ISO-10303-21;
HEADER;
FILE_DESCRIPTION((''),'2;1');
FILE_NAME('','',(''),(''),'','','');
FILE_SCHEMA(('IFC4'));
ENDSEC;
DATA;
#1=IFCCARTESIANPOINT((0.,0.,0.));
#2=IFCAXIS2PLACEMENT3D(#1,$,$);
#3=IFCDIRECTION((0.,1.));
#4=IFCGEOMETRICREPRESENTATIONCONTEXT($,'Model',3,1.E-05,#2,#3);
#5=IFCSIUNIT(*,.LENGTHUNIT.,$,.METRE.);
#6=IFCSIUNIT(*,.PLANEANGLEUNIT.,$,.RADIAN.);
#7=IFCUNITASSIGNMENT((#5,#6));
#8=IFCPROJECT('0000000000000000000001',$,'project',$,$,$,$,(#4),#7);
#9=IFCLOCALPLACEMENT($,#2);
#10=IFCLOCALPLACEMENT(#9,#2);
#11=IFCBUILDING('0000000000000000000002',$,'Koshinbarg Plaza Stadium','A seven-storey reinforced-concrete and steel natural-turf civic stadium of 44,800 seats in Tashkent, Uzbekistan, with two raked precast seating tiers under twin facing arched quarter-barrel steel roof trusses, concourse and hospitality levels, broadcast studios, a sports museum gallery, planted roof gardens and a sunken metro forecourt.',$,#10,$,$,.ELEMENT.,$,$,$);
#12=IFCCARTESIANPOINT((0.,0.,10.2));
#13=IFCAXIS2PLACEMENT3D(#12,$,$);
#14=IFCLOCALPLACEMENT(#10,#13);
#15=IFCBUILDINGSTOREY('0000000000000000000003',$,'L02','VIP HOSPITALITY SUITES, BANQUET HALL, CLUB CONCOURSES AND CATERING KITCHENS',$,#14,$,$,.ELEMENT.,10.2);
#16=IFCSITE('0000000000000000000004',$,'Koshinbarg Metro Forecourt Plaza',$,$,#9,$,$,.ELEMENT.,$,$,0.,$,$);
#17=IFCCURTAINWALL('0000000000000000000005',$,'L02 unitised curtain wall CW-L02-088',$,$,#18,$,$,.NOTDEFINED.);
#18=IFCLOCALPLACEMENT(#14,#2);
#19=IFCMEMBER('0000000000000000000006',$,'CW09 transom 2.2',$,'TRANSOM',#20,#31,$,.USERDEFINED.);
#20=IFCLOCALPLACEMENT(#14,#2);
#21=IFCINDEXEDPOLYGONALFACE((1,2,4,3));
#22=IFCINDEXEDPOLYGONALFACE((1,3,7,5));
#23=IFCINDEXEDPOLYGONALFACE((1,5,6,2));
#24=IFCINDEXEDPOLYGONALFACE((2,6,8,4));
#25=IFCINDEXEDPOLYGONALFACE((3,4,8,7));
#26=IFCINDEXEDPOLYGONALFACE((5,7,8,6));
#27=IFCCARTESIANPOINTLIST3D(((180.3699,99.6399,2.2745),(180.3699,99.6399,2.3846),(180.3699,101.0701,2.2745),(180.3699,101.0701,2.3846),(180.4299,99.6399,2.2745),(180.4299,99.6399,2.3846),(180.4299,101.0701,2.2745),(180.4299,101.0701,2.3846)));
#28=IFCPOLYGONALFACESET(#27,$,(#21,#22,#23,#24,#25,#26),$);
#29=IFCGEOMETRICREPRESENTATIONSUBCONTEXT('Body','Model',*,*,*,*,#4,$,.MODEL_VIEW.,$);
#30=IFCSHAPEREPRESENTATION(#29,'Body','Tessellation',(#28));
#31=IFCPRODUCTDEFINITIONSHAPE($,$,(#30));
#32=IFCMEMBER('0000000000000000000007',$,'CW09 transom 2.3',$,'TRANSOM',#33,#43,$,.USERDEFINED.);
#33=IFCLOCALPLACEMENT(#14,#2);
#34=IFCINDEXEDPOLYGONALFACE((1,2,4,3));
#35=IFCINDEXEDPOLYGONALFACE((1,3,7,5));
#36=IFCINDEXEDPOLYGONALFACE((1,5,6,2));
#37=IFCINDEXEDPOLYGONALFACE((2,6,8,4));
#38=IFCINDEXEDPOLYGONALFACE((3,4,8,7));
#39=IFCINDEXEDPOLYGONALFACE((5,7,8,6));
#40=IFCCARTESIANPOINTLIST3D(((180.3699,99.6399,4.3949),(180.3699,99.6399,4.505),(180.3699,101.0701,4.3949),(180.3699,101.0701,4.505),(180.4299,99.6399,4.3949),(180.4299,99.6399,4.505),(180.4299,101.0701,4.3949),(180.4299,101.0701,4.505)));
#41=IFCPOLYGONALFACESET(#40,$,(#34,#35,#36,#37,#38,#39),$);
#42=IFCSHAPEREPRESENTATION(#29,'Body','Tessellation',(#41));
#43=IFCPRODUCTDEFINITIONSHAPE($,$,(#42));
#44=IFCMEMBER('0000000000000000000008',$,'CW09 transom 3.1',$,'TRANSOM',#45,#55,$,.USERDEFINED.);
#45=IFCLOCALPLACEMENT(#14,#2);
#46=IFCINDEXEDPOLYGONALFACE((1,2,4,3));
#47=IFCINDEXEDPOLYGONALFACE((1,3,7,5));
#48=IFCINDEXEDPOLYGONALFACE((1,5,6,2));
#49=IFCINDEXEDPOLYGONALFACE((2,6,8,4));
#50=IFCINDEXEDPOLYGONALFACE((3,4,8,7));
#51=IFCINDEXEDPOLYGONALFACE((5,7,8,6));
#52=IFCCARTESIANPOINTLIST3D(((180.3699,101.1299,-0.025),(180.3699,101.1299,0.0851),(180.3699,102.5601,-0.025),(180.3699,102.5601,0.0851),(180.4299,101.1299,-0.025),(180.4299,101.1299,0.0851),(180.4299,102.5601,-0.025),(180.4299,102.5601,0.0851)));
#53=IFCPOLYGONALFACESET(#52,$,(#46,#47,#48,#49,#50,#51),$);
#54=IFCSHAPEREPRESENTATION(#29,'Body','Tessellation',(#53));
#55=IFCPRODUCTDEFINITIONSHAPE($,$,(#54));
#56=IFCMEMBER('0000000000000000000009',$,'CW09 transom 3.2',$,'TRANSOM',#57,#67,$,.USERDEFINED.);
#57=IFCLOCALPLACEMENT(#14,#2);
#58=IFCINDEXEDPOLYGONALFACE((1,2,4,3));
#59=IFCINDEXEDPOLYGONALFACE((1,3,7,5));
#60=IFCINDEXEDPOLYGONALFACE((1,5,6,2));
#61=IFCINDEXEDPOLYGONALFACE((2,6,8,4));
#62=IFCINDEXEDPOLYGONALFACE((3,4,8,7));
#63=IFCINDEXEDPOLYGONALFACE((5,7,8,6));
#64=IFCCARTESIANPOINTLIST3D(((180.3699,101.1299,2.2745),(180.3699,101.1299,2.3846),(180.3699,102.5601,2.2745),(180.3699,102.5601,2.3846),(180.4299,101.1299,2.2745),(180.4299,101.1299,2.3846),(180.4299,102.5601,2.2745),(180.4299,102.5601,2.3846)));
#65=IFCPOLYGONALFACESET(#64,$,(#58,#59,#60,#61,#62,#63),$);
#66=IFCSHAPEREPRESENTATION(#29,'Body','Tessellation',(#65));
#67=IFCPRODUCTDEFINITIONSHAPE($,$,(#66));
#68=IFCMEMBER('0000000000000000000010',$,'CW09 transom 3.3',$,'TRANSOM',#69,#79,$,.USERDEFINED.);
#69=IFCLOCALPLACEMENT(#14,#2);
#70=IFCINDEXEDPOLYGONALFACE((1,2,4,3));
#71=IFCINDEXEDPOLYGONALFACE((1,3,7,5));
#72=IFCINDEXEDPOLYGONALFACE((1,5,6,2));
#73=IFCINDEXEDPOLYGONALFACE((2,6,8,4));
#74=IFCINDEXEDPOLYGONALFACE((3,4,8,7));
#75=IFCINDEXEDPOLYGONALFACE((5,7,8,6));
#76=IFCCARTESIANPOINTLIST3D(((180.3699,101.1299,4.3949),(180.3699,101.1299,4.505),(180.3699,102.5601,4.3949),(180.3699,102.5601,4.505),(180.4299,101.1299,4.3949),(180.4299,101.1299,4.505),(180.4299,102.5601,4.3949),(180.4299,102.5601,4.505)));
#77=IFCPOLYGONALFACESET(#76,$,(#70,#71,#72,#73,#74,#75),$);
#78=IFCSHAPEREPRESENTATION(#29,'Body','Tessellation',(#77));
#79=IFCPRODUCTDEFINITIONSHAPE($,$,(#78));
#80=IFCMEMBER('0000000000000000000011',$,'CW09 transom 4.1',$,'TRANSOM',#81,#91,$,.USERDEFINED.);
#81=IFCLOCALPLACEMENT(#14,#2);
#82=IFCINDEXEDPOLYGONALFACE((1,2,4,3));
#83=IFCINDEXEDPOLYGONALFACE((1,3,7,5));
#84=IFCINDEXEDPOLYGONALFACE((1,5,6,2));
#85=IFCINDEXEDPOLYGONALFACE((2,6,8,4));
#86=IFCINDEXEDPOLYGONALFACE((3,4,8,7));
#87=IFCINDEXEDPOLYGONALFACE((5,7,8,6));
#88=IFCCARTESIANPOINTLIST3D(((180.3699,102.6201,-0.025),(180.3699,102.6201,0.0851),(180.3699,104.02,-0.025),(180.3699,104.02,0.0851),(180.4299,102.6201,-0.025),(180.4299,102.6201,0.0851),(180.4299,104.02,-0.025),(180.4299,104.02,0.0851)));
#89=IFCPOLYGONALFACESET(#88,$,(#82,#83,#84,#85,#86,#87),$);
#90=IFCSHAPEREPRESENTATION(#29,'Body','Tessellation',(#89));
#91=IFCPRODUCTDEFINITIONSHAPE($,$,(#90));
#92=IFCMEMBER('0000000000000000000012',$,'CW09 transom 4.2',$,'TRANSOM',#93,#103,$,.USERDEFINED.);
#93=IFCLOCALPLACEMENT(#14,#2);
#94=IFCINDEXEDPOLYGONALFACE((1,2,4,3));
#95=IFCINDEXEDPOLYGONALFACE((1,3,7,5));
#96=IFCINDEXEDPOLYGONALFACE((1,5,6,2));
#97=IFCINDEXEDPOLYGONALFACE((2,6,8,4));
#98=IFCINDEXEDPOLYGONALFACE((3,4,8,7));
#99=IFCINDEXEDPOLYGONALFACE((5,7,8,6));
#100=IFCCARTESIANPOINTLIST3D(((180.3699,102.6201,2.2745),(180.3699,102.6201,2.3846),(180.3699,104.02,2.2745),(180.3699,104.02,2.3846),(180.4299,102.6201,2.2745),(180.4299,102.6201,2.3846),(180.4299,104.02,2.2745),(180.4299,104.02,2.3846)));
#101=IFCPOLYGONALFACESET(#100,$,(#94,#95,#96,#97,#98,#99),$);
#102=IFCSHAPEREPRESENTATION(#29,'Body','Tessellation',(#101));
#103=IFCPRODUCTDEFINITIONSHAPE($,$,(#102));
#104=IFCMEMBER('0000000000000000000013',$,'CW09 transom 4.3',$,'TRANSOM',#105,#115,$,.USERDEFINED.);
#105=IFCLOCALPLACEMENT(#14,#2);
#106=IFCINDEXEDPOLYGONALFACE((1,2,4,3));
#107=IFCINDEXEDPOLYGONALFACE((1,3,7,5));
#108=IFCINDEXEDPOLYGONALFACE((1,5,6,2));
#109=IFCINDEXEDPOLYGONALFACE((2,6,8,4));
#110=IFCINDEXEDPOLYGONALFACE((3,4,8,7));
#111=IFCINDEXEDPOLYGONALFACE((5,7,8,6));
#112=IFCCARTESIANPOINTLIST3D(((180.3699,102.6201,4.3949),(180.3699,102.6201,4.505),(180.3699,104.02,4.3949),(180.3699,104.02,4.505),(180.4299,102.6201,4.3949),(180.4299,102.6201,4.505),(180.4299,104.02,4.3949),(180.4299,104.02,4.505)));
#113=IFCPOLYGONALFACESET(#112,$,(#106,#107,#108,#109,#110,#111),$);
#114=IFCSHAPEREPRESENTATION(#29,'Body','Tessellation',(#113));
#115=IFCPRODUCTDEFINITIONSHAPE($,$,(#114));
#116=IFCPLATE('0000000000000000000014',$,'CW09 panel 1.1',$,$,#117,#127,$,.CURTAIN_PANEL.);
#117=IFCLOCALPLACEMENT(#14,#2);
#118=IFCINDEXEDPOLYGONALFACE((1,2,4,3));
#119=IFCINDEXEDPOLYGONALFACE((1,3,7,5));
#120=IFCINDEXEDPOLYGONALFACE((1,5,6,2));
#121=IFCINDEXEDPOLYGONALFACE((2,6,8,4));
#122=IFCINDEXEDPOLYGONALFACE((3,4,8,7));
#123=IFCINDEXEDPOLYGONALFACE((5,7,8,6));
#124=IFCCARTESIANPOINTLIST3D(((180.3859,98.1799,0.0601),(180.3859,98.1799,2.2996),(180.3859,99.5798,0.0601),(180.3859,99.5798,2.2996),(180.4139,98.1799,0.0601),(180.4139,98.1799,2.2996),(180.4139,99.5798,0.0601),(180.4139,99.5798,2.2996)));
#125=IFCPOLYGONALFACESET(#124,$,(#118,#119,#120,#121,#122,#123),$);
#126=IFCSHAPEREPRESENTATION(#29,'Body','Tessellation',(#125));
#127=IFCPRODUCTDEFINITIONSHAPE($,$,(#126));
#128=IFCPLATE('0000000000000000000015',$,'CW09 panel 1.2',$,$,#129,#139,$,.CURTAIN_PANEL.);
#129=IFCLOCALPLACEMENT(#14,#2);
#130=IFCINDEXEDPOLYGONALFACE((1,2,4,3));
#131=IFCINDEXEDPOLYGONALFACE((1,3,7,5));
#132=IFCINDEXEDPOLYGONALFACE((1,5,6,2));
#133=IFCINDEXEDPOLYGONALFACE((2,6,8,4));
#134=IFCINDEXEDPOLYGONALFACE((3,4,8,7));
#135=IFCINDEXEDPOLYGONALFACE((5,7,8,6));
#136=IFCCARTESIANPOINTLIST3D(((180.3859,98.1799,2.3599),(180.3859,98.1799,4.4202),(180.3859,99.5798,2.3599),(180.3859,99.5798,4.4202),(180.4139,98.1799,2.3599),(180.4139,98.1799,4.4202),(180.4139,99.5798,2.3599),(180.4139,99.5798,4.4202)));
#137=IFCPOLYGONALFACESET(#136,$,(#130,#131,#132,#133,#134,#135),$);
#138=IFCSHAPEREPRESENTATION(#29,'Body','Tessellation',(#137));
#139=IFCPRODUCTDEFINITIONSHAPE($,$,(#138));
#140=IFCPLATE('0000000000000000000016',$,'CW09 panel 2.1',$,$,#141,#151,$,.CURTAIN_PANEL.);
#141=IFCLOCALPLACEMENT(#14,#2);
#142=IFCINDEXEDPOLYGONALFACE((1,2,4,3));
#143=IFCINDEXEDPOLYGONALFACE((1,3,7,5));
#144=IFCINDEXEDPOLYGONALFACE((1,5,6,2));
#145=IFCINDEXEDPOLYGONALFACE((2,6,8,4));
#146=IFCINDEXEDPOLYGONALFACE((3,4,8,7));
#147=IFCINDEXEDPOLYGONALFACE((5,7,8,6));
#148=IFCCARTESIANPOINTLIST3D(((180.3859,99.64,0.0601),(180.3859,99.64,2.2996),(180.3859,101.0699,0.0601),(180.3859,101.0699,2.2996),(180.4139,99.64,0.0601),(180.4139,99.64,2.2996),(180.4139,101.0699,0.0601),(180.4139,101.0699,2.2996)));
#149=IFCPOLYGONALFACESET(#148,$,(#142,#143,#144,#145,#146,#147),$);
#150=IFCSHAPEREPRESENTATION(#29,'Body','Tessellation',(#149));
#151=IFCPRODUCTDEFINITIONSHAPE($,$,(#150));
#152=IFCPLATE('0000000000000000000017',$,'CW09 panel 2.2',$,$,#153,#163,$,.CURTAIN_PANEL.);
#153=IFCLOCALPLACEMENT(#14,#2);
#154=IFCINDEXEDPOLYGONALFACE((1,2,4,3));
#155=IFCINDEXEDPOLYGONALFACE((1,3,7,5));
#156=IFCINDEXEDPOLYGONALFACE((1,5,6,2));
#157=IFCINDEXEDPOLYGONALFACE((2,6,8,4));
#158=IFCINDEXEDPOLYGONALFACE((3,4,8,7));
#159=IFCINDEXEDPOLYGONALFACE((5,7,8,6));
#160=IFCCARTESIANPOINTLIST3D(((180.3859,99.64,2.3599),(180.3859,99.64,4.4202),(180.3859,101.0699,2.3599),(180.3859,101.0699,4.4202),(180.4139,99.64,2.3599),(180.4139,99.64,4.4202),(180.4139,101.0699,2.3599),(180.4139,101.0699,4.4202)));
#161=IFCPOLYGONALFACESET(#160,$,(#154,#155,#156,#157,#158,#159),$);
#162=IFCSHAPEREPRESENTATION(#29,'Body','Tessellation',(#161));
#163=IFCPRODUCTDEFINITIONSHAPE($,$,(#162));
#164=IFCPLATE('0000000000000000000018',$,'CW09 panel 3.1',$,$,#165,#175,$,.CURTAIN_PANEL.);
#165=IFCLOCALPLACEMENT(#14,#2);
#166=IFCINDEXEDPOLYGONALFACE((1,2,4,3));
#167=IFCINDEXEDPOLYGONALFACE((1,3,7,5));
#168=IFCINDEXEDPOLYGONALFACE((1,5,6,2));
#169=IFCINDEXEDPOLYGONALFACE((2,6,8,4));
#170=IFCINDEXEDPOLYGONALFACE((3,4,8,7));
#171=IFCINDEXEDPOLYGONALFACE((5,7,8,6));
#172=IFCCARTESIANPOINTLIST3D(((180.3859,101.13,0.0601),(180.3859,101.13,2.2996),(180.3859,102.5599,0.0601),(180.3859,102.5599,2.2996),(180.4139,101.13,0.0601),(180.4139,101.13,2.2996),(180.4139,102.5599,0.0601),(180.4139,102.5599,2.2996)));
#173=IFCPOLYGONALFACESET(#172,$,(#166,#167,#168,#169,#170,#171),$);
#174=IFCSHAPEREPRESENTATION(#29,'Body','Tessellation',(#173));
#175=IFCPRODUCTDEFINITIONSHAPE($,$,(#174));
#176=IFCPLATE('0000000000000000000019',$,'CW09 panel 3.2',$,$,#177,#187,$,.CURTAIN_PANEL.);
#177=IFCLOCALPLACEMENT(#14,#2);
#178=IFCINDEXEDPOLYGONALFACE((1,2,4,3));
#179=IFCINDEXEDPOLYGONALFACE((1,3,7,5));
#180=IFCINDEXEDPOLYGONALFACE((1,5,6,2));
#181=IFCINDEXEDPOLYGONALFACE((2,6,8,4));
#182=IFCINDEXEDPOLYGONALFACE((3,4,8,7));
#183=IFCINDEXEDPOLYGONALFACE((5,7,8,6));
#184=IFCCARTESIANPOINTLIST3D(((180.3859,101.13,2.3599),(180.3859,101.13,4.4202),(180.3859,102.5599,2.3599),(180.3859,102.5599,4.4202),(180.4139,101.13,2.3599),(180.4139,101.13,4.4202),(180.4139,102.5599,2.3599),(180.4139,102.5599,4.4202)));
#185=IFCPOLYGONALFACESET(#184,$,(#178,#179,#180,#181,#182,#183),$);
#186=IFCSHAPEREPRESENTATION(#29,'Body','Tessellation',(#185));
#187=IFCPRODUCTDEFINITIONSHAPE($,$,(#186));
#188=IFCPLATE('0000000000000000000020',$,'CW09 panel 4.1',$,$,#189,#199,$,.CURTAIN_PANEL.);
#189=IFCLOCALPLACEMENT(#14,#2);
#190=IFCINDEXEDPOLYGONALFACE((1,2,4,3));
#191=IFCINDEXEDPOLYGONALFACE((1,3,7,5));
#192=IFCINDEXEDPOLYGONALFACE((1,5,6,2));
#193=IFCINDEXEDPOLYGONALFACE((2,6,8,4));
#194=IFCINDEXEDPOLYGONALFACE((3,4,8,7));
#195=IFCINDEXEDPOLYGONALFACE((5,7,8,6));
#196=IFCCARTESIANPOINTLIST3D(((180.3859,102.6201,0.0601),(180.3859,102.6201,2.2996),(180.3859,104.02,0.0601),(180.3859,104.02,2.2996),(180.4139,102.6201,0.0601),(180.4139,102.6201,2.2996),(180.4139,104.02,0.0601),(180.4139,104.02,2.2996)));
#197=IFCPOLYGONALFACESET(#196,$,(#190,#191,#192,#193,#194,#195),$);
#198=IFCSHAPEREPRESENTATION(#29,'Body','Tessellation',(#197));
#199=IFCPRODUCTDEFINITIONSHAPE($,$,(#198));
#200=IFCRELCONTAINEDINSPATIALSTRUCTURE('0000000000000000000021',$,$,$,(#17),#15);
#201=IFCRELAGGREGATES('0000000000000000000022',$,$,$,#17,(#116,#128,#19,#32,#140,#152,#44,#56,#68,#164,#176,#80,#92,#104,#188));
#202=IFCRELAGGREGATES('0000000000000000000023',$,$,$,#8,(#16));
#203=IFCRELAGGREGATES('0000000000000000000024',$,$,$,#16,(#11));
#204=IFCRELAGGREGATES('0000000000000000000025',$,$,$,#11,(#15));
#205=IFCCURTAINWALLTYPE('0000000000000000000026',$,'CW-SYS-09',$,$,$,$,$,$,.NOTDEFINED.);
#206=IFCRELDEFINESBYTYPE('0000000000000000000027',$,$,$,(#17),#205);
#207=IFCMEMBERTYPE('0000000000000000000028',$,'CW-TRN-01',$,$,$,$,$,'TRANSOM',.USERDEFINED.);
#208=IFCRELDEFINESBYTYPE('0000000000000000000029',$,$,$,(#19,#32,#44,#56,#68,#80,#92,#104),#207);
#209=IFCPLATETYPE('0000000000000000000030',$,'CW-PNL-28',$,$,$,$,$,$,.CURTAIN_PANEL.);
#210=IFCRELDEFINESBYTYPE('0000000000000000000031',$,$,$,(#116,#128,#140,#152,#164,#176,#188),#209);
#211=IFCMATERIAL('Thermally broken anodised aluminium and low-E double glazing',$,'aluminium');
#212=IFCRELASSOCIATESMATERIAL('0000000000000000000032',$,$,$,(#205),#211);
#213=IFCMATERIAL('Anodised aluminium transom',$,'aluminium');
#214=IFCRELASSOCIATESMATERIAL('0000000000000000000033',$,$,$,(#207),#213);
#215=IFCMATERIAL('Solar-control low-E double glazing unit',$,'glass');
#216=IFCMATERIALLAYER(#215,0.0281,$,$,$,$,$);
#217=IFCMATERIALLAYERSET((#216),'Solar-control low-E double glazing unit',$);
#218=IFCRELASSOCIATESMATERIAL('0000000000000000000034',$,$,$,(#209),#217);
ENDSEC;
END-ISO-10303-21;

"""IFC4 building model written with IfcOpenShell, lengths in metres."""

from ifc_helpers import new_model, si_unit, direction, frame, origin, origin_2d, place, context, subcontext, project, spatial, rectangle, extrude, material, layer, layer_set, material_profile, profile_set, type_object, element, aggregate, save


model = new_model("IFC4")

# Units and contexts
model_context = context("Model", 3, precision=1e-05, world=origin(), true_north=direction((0.0, 1.0)))
body_context = subcontext(model_context, "Body", "Model", "MODEL_VIEW")
ifc_project = project(units=[si_unit("LENGTHUNIT", "METRE"), si_unit("PLANEANGLEUNIT", "RADIAN")], contexts=[model_context])

# Site, building, storey
site_placement = place(None, origin())
site = spatial("IfcSite", under=ifc_project, at=site_placement, Name="Koshinbarg Metro Forecourt Plaza", CompositionType="ELEMENT", RefElevation=0.0)
building_placement = place(site_placement, origin())
building = spatial("IfcBuilding", under=site, at=building_placement, Name="Koshinbarg Plaza Stadium", Description="A seven-storey reinforced-concrete and steel natural-turf civic stadium of 44,800 seats in Tashkent, Uzbekistan, with two raked precast seating tiers under twin facing arched quarter-barrel steel roof trusses, concourse and hospitality levels, broadcast studios, a sports museum gallery, planted roof gardens and a sunken metro forecourt.", CompositionType="ELEMENT")
storey_placement = place(building_placement, frame((0.0, 0.0, 10.2)))
storey = spatial("IfcBuildingStorey", under=building, at=storey_placement, Name="L02", Description="VIP HOSPITALITY SUITES, BANQUET HALL, CLUB CONCOURSES AND CATERING KITCHENS", CompositionType="ELEMENT", Elevation=10.2)

# Curtain wall, members, plates
ifc_material_1 = material(Name="Thermally broken anodised aluminium and low-E double glazing", Category="aluminium")
curtain_wall_type = type_object("IfcCurtainWallType", Name="CW-SYS-09", PredefinedType="NOTDEFINED", material=ifc_material_1)
curtain_wall_placement = place(storey_placement, origin())
curtain_wall = element("IfcCurtainWall", 1, at=curtain_wall_placement, inside=storey, type_object=curtain_wall_type, Name="L02 unitised curtain wall CW-L02-088", PredefinedType="NOTDEFINED")
ifc_material_2 = material(Name="Anodised aluminium transom", Category="aluminium")
ifc_material_profile_1 = material_profile(ifc_material_2, rectangle(XDim=0.0601, YDim=0.1101, at=origin_2d()), Name="ALU 60x110")
ifc_profile_set_1 = profile_set([ifc_material_profile_1], Name="Anodised aluminium transom")
member_type_1 = type_object("IfcMemberType", Name="CW-TRN-01", ElementType="TRANSOM", PredefinedType="USERDEFINED", material=ifc_profile_set_1)
member_1_placement = place(storey_placement, frame((180.3999, 99.6399, 2.3296), z_axis=(0.0, 1.0, 0.0), x_axis=(-1.0, 0.0, 0.0)))
member_1 = element("IfcMember", 2, at=member_1_placement, type_object=member_type_1, Name="CW09 transom 2.2", ObjectType="TRANSOM", PredefinedType="USERDEFINED", context=body_context, shape_type="SweptSolid", body=[
    extrude(rectangle(XDim=0.0601, YDim=0.1101, at=origin_2d()), origin(), (0.0, 0.0, 1.0), 1.4302),
])
member_2_placement = place(storey_placement, frame((180.3999, 99.6399, 4.45), z_axis=(0.0, 1.0, 0.0), x_axis=(-1.0, 0.0, 0.0)))
member_2 = element("IfcMember", 3, at=member_2_placement, type_object=member_type_1, Name="CW09 transom 2.3", ObjectType="TRANSOM", PredefinedType="USERDEFINED", context=body_context, shape_type="SweptSolid", body=[
    extrude(rectangle(XDim=0.0601, YDim=0.1101, at=origin_2d()), origin(), (0.0, 0.0, 1.0), 1.4302),
])
member_3_placement = place(storey_placement, frame((180.3999, 101.1299, 0.03), z_axis=(0.0, 1.0, 0.0), x_axis=(-1.0, 0.0, 0.0)))
member_3 = element("IfcMember", 4, at=member_3_placement, type_object=member_type_1, Name="CW09 transom 3.1", ObjectType="TRANSOM", PredefinedType="USERDEFINED", context=body_context, shape_type="SweptSolid", body=[
    extrude(rectangle(XDim=0.0601, YDim=0.1101, at=origin_2d()), origin(), (0.0, 0.0, 1.0), 1.4302),
])
member_4_placement = place(storey_placement, frame((180.3999, 101.1299, 2.3296), z_axis=(0.0, 1.0, 0.0), x_axis=(-1.0, 0.0, 0.0)))
member_4 = element("IfcMember", 5, at=member_4_placement, type_object=member_type_1, Name="CW09 transom 3.2", ObjectType="TRANSOM", PredefinedType="USERDEFINED", context=body_context, shape_type="SweptSolid", body=[
    extrude(rectangle(XDim=0.0601, YDim=0.1101, at=origin_2d()), origin(), (0.0, 0.0, 1.0), 1.4302),
])
member_5_placement = place(storey_placement, frame((180.3999, 101.1299, 4.45), z_axis=(0.0, 1.0, 0.0), x_axis=(-1.0, 0.0, 0.0)))
member_5 = element("IfcMember", 6, at=member_5_placement, type_object=member_type_1, Name="CW09 transom 3.3", ObjectType="TRANSOM", PredefinedType="USERDEFINED", context=body_context, shape_type="SweptSolid", body=[
    extrude(rectangle(XDim=0.0601, YDim=0.1101, at=origin_2d()), origin(), (0.0, 0.0, 1.0), 1.4302),
])
member_6_placement = place(storey_placement, frame((180.3999, 102.6201, 0.03), z_axis=(0.0, 1.0, 0.0), x_axis=(-1.0, 0.0, 0.0)))
member_6 = element("IfcMember", 7, at=member_6_placement, type_object=member_type_1, Name="CW09 transom 4.1", ObjectType="TRANSOM", PredefinedType="USERDEFINED", context=body_context, shape_type="SweptSolid", body=[
    extrude(rectangle(XDim=0.0601, YDim=0.1101, at=origin_2d()), origin(), (0.0, 0.0, 1.0), 1.3999),
])
member_7_placement = place(storey_placement, frame((180.3999, 102.6201, 2.3296), z_axis=(0.0, 1.0, 0.0), x_axis=(-1.0, 0.0, 0.0)))
member_7 = element("IfcMember", 8, at=member_7_placement, type_object=member_type_1, Name="CW09 transom 4.2", ObjectType="TRANSOM", PredefinedType="USERDEFINED", context=body_context, shape_type="SweptSolid", body=[
    extrude(rectangle(XDim=0.0601, YDim=0.1101, at=origin_2d()), origin(), (0.0, 0.0, 1.0), 1.3999),
])
member_8_placement = place(storey_placement, frame((180.3999, 102.6201, 4.45), z_axis=(0.0, 1.0, 0.0), x_axis=(-1.0, 0.0, 0.0)))
member_8 = element("IfcMember", 9, at=member_8_placement, type_object=member_type_1, Name="CW09 transom 4.3", ObjectType="TRANSOM", PredefinedType="USERDEFINED", context=body_context, shape_type="SweptSolid", body=[
    extrude(rectangle(XDim=0.0601, YDim=0.1101, at=origin_2d()), origin(), (0.0, 0.0, 1.0), 1.3999),
])
ifc_material_3 = material(Name="Solar-control low-E double glazing unit", Category="glass")
ifc_layer = layer(ifc_material_3, 0.0281)
ifc_layer_set = layer_set([ifc_layer], Name="Solar-control low-E double glazing unit")
plate_type = type_object("IfcPlateType", Name="CW-PNL-28", PredefinedType="CURTAIN_PANEL", material=ifc_layer_set)
plate_1_placement = place(storey_placement, frame((180.3999, 98.8799, 0.0601), z_axis=(0.0, 0.0, 1.0), x_axis=(0.0, 1.0, 0.0)))
plate_1 = element("IfcPlate", 10, at=plate_1_placement, type_object=plate_type, Name="CW09 panel 1.1", PredefinedType="CURTAIN_PANEL", context=body_context, shape_type="SweptSolid", body=[
    extrude(rectangle(XDim=1.3999, YDim=0.0281, at=origin_2d()), origin(), (0.0, 0.0, 1.0), 2.2395),
])
plate_2_placement = place(storey_placement, frame((180.3999, 98.8799, 2.3599), z_axis=(0.0, 0.0, 1.0), x_axis=(0.0, 1.0, 0.0)))
plate_2 = element("IfcPlate", 11, at=plate_2_placement, type_object=plate_type, Name="CW09 panel 1.2", PredefinedType="CURTAIN_PANEL", context=body_context, shape_type="SweptSolid", body=[
    extrude(rectangle(XDim=1.3999, YDim=0.0281, at=origin_2d()), origin(), (0.0, 0.0, 1.0), 2.0603),
])
plate_3_placement = place(storey_placement, frame((180.3999, 100.355, 0.0601), z_axis=(0.0, 0.0, 1.0), x_axis=(0.0, 1.0, 0.0)))
plate_3 = element("IfcPlate", 12, at=plate_3_placement, type_object=plate_type, Name="CW09 panel 2.1", PredefinedType="CURTAIN_PANEL", context=body_context, shape_type="SweptSolid", body=[
    extrude(rectangle(XDim=1.4299, YDim=0.0281, at=origin_2d()), origin(), (0.0, 0.0, 1.0), 2.2395),
])
plate_4_placement = place(storey_placement, frame((180.3999, 100.355, 2.3599), z_axis=(0.0, 0.0, 1.0), x_axis=(0.0, 1.0, 0.0)))
plate_4 = element("IfcPlate", 13, at=plate_4_placement, type_object=plate_type, Name="CW09 panel 2.2", PredefinedType="CURTAIN_PANEL", context=body_context, shape_type="SweptSolid", body=[
    extrude(rectangle(XDim=1.4299, YDim=0.0281, at=origin_2d()), origin(), (0.0, 0.0, 1.0), 2.0603),
])
plate_5_placement = place(storey_placement, frame((180.3999, 101.845, 0.0601), z_axis=(0.0, 0.0, 1.0), x_axis=(0.0, 1.0, 0.0)))
plate_5 = element("IfcPlate", 14, at=plate_5_placement, type_object=plate_type, Name="CW09 panel 3.1", PredefinedType="CURTAIN_PANEL", context=body_context, shape_type="SweptSolid", body=[
    extrude(rectangle(XDim=1.4299, YDim=0.0281, at=origin_2d()), origin(), (0.0, 0.0, 1.0), 2.2395),
])
plate_6_placement = place(storey_placement, frame((180.3999, 101.845, 2.3599), z_axis=(0.0, 0.0, 1.0), x_axis=(0.0, 1.0, 0.0)))
plate_6 = element("IfcPlate", 15, at=plate_6_placement, type_object=plate_type, Name="CW09 panel 3.2", PredefinedType="CURTAIN_PANEL", context=body_context, shape_type="SweptSolid", body=[
    extrude(rectangle(XDim=1.4299, YDim=0.0281, at=origin_2d()), origin(), (0.0, 0.0, 1.0), 2.0603),
])
plate_7_placement = place(storey_placement, frame((180.3999, 103.3201, 0.0601), z_axis=(0.0, 0.0, 1.0), x_axis=(0.0, 1.0, 0.0)))
plate_7 = element("IfcPlate", 16, at=plate_7_placement, type_object=plate_type, Name="CW09 panel 4.1", PredefinedType="CURTAIN_PANEL", context=body_context, shape_type="SweptSolid", body=[
    extrude(rectangle(XDim=1.3999, YDim=0.0281, at=origin_2d()), origin(), (0.0, 0.0, 1.0), 2.2395),
])
aggregate(curtain_wall, [plate_1, plate_2, member_1, member_2, plate_3, plate_4, member_3, member_4, member_5, plate_5, plate_6, member_6, member_7, member_8, plate_7])

save(model, "model.ifc")
